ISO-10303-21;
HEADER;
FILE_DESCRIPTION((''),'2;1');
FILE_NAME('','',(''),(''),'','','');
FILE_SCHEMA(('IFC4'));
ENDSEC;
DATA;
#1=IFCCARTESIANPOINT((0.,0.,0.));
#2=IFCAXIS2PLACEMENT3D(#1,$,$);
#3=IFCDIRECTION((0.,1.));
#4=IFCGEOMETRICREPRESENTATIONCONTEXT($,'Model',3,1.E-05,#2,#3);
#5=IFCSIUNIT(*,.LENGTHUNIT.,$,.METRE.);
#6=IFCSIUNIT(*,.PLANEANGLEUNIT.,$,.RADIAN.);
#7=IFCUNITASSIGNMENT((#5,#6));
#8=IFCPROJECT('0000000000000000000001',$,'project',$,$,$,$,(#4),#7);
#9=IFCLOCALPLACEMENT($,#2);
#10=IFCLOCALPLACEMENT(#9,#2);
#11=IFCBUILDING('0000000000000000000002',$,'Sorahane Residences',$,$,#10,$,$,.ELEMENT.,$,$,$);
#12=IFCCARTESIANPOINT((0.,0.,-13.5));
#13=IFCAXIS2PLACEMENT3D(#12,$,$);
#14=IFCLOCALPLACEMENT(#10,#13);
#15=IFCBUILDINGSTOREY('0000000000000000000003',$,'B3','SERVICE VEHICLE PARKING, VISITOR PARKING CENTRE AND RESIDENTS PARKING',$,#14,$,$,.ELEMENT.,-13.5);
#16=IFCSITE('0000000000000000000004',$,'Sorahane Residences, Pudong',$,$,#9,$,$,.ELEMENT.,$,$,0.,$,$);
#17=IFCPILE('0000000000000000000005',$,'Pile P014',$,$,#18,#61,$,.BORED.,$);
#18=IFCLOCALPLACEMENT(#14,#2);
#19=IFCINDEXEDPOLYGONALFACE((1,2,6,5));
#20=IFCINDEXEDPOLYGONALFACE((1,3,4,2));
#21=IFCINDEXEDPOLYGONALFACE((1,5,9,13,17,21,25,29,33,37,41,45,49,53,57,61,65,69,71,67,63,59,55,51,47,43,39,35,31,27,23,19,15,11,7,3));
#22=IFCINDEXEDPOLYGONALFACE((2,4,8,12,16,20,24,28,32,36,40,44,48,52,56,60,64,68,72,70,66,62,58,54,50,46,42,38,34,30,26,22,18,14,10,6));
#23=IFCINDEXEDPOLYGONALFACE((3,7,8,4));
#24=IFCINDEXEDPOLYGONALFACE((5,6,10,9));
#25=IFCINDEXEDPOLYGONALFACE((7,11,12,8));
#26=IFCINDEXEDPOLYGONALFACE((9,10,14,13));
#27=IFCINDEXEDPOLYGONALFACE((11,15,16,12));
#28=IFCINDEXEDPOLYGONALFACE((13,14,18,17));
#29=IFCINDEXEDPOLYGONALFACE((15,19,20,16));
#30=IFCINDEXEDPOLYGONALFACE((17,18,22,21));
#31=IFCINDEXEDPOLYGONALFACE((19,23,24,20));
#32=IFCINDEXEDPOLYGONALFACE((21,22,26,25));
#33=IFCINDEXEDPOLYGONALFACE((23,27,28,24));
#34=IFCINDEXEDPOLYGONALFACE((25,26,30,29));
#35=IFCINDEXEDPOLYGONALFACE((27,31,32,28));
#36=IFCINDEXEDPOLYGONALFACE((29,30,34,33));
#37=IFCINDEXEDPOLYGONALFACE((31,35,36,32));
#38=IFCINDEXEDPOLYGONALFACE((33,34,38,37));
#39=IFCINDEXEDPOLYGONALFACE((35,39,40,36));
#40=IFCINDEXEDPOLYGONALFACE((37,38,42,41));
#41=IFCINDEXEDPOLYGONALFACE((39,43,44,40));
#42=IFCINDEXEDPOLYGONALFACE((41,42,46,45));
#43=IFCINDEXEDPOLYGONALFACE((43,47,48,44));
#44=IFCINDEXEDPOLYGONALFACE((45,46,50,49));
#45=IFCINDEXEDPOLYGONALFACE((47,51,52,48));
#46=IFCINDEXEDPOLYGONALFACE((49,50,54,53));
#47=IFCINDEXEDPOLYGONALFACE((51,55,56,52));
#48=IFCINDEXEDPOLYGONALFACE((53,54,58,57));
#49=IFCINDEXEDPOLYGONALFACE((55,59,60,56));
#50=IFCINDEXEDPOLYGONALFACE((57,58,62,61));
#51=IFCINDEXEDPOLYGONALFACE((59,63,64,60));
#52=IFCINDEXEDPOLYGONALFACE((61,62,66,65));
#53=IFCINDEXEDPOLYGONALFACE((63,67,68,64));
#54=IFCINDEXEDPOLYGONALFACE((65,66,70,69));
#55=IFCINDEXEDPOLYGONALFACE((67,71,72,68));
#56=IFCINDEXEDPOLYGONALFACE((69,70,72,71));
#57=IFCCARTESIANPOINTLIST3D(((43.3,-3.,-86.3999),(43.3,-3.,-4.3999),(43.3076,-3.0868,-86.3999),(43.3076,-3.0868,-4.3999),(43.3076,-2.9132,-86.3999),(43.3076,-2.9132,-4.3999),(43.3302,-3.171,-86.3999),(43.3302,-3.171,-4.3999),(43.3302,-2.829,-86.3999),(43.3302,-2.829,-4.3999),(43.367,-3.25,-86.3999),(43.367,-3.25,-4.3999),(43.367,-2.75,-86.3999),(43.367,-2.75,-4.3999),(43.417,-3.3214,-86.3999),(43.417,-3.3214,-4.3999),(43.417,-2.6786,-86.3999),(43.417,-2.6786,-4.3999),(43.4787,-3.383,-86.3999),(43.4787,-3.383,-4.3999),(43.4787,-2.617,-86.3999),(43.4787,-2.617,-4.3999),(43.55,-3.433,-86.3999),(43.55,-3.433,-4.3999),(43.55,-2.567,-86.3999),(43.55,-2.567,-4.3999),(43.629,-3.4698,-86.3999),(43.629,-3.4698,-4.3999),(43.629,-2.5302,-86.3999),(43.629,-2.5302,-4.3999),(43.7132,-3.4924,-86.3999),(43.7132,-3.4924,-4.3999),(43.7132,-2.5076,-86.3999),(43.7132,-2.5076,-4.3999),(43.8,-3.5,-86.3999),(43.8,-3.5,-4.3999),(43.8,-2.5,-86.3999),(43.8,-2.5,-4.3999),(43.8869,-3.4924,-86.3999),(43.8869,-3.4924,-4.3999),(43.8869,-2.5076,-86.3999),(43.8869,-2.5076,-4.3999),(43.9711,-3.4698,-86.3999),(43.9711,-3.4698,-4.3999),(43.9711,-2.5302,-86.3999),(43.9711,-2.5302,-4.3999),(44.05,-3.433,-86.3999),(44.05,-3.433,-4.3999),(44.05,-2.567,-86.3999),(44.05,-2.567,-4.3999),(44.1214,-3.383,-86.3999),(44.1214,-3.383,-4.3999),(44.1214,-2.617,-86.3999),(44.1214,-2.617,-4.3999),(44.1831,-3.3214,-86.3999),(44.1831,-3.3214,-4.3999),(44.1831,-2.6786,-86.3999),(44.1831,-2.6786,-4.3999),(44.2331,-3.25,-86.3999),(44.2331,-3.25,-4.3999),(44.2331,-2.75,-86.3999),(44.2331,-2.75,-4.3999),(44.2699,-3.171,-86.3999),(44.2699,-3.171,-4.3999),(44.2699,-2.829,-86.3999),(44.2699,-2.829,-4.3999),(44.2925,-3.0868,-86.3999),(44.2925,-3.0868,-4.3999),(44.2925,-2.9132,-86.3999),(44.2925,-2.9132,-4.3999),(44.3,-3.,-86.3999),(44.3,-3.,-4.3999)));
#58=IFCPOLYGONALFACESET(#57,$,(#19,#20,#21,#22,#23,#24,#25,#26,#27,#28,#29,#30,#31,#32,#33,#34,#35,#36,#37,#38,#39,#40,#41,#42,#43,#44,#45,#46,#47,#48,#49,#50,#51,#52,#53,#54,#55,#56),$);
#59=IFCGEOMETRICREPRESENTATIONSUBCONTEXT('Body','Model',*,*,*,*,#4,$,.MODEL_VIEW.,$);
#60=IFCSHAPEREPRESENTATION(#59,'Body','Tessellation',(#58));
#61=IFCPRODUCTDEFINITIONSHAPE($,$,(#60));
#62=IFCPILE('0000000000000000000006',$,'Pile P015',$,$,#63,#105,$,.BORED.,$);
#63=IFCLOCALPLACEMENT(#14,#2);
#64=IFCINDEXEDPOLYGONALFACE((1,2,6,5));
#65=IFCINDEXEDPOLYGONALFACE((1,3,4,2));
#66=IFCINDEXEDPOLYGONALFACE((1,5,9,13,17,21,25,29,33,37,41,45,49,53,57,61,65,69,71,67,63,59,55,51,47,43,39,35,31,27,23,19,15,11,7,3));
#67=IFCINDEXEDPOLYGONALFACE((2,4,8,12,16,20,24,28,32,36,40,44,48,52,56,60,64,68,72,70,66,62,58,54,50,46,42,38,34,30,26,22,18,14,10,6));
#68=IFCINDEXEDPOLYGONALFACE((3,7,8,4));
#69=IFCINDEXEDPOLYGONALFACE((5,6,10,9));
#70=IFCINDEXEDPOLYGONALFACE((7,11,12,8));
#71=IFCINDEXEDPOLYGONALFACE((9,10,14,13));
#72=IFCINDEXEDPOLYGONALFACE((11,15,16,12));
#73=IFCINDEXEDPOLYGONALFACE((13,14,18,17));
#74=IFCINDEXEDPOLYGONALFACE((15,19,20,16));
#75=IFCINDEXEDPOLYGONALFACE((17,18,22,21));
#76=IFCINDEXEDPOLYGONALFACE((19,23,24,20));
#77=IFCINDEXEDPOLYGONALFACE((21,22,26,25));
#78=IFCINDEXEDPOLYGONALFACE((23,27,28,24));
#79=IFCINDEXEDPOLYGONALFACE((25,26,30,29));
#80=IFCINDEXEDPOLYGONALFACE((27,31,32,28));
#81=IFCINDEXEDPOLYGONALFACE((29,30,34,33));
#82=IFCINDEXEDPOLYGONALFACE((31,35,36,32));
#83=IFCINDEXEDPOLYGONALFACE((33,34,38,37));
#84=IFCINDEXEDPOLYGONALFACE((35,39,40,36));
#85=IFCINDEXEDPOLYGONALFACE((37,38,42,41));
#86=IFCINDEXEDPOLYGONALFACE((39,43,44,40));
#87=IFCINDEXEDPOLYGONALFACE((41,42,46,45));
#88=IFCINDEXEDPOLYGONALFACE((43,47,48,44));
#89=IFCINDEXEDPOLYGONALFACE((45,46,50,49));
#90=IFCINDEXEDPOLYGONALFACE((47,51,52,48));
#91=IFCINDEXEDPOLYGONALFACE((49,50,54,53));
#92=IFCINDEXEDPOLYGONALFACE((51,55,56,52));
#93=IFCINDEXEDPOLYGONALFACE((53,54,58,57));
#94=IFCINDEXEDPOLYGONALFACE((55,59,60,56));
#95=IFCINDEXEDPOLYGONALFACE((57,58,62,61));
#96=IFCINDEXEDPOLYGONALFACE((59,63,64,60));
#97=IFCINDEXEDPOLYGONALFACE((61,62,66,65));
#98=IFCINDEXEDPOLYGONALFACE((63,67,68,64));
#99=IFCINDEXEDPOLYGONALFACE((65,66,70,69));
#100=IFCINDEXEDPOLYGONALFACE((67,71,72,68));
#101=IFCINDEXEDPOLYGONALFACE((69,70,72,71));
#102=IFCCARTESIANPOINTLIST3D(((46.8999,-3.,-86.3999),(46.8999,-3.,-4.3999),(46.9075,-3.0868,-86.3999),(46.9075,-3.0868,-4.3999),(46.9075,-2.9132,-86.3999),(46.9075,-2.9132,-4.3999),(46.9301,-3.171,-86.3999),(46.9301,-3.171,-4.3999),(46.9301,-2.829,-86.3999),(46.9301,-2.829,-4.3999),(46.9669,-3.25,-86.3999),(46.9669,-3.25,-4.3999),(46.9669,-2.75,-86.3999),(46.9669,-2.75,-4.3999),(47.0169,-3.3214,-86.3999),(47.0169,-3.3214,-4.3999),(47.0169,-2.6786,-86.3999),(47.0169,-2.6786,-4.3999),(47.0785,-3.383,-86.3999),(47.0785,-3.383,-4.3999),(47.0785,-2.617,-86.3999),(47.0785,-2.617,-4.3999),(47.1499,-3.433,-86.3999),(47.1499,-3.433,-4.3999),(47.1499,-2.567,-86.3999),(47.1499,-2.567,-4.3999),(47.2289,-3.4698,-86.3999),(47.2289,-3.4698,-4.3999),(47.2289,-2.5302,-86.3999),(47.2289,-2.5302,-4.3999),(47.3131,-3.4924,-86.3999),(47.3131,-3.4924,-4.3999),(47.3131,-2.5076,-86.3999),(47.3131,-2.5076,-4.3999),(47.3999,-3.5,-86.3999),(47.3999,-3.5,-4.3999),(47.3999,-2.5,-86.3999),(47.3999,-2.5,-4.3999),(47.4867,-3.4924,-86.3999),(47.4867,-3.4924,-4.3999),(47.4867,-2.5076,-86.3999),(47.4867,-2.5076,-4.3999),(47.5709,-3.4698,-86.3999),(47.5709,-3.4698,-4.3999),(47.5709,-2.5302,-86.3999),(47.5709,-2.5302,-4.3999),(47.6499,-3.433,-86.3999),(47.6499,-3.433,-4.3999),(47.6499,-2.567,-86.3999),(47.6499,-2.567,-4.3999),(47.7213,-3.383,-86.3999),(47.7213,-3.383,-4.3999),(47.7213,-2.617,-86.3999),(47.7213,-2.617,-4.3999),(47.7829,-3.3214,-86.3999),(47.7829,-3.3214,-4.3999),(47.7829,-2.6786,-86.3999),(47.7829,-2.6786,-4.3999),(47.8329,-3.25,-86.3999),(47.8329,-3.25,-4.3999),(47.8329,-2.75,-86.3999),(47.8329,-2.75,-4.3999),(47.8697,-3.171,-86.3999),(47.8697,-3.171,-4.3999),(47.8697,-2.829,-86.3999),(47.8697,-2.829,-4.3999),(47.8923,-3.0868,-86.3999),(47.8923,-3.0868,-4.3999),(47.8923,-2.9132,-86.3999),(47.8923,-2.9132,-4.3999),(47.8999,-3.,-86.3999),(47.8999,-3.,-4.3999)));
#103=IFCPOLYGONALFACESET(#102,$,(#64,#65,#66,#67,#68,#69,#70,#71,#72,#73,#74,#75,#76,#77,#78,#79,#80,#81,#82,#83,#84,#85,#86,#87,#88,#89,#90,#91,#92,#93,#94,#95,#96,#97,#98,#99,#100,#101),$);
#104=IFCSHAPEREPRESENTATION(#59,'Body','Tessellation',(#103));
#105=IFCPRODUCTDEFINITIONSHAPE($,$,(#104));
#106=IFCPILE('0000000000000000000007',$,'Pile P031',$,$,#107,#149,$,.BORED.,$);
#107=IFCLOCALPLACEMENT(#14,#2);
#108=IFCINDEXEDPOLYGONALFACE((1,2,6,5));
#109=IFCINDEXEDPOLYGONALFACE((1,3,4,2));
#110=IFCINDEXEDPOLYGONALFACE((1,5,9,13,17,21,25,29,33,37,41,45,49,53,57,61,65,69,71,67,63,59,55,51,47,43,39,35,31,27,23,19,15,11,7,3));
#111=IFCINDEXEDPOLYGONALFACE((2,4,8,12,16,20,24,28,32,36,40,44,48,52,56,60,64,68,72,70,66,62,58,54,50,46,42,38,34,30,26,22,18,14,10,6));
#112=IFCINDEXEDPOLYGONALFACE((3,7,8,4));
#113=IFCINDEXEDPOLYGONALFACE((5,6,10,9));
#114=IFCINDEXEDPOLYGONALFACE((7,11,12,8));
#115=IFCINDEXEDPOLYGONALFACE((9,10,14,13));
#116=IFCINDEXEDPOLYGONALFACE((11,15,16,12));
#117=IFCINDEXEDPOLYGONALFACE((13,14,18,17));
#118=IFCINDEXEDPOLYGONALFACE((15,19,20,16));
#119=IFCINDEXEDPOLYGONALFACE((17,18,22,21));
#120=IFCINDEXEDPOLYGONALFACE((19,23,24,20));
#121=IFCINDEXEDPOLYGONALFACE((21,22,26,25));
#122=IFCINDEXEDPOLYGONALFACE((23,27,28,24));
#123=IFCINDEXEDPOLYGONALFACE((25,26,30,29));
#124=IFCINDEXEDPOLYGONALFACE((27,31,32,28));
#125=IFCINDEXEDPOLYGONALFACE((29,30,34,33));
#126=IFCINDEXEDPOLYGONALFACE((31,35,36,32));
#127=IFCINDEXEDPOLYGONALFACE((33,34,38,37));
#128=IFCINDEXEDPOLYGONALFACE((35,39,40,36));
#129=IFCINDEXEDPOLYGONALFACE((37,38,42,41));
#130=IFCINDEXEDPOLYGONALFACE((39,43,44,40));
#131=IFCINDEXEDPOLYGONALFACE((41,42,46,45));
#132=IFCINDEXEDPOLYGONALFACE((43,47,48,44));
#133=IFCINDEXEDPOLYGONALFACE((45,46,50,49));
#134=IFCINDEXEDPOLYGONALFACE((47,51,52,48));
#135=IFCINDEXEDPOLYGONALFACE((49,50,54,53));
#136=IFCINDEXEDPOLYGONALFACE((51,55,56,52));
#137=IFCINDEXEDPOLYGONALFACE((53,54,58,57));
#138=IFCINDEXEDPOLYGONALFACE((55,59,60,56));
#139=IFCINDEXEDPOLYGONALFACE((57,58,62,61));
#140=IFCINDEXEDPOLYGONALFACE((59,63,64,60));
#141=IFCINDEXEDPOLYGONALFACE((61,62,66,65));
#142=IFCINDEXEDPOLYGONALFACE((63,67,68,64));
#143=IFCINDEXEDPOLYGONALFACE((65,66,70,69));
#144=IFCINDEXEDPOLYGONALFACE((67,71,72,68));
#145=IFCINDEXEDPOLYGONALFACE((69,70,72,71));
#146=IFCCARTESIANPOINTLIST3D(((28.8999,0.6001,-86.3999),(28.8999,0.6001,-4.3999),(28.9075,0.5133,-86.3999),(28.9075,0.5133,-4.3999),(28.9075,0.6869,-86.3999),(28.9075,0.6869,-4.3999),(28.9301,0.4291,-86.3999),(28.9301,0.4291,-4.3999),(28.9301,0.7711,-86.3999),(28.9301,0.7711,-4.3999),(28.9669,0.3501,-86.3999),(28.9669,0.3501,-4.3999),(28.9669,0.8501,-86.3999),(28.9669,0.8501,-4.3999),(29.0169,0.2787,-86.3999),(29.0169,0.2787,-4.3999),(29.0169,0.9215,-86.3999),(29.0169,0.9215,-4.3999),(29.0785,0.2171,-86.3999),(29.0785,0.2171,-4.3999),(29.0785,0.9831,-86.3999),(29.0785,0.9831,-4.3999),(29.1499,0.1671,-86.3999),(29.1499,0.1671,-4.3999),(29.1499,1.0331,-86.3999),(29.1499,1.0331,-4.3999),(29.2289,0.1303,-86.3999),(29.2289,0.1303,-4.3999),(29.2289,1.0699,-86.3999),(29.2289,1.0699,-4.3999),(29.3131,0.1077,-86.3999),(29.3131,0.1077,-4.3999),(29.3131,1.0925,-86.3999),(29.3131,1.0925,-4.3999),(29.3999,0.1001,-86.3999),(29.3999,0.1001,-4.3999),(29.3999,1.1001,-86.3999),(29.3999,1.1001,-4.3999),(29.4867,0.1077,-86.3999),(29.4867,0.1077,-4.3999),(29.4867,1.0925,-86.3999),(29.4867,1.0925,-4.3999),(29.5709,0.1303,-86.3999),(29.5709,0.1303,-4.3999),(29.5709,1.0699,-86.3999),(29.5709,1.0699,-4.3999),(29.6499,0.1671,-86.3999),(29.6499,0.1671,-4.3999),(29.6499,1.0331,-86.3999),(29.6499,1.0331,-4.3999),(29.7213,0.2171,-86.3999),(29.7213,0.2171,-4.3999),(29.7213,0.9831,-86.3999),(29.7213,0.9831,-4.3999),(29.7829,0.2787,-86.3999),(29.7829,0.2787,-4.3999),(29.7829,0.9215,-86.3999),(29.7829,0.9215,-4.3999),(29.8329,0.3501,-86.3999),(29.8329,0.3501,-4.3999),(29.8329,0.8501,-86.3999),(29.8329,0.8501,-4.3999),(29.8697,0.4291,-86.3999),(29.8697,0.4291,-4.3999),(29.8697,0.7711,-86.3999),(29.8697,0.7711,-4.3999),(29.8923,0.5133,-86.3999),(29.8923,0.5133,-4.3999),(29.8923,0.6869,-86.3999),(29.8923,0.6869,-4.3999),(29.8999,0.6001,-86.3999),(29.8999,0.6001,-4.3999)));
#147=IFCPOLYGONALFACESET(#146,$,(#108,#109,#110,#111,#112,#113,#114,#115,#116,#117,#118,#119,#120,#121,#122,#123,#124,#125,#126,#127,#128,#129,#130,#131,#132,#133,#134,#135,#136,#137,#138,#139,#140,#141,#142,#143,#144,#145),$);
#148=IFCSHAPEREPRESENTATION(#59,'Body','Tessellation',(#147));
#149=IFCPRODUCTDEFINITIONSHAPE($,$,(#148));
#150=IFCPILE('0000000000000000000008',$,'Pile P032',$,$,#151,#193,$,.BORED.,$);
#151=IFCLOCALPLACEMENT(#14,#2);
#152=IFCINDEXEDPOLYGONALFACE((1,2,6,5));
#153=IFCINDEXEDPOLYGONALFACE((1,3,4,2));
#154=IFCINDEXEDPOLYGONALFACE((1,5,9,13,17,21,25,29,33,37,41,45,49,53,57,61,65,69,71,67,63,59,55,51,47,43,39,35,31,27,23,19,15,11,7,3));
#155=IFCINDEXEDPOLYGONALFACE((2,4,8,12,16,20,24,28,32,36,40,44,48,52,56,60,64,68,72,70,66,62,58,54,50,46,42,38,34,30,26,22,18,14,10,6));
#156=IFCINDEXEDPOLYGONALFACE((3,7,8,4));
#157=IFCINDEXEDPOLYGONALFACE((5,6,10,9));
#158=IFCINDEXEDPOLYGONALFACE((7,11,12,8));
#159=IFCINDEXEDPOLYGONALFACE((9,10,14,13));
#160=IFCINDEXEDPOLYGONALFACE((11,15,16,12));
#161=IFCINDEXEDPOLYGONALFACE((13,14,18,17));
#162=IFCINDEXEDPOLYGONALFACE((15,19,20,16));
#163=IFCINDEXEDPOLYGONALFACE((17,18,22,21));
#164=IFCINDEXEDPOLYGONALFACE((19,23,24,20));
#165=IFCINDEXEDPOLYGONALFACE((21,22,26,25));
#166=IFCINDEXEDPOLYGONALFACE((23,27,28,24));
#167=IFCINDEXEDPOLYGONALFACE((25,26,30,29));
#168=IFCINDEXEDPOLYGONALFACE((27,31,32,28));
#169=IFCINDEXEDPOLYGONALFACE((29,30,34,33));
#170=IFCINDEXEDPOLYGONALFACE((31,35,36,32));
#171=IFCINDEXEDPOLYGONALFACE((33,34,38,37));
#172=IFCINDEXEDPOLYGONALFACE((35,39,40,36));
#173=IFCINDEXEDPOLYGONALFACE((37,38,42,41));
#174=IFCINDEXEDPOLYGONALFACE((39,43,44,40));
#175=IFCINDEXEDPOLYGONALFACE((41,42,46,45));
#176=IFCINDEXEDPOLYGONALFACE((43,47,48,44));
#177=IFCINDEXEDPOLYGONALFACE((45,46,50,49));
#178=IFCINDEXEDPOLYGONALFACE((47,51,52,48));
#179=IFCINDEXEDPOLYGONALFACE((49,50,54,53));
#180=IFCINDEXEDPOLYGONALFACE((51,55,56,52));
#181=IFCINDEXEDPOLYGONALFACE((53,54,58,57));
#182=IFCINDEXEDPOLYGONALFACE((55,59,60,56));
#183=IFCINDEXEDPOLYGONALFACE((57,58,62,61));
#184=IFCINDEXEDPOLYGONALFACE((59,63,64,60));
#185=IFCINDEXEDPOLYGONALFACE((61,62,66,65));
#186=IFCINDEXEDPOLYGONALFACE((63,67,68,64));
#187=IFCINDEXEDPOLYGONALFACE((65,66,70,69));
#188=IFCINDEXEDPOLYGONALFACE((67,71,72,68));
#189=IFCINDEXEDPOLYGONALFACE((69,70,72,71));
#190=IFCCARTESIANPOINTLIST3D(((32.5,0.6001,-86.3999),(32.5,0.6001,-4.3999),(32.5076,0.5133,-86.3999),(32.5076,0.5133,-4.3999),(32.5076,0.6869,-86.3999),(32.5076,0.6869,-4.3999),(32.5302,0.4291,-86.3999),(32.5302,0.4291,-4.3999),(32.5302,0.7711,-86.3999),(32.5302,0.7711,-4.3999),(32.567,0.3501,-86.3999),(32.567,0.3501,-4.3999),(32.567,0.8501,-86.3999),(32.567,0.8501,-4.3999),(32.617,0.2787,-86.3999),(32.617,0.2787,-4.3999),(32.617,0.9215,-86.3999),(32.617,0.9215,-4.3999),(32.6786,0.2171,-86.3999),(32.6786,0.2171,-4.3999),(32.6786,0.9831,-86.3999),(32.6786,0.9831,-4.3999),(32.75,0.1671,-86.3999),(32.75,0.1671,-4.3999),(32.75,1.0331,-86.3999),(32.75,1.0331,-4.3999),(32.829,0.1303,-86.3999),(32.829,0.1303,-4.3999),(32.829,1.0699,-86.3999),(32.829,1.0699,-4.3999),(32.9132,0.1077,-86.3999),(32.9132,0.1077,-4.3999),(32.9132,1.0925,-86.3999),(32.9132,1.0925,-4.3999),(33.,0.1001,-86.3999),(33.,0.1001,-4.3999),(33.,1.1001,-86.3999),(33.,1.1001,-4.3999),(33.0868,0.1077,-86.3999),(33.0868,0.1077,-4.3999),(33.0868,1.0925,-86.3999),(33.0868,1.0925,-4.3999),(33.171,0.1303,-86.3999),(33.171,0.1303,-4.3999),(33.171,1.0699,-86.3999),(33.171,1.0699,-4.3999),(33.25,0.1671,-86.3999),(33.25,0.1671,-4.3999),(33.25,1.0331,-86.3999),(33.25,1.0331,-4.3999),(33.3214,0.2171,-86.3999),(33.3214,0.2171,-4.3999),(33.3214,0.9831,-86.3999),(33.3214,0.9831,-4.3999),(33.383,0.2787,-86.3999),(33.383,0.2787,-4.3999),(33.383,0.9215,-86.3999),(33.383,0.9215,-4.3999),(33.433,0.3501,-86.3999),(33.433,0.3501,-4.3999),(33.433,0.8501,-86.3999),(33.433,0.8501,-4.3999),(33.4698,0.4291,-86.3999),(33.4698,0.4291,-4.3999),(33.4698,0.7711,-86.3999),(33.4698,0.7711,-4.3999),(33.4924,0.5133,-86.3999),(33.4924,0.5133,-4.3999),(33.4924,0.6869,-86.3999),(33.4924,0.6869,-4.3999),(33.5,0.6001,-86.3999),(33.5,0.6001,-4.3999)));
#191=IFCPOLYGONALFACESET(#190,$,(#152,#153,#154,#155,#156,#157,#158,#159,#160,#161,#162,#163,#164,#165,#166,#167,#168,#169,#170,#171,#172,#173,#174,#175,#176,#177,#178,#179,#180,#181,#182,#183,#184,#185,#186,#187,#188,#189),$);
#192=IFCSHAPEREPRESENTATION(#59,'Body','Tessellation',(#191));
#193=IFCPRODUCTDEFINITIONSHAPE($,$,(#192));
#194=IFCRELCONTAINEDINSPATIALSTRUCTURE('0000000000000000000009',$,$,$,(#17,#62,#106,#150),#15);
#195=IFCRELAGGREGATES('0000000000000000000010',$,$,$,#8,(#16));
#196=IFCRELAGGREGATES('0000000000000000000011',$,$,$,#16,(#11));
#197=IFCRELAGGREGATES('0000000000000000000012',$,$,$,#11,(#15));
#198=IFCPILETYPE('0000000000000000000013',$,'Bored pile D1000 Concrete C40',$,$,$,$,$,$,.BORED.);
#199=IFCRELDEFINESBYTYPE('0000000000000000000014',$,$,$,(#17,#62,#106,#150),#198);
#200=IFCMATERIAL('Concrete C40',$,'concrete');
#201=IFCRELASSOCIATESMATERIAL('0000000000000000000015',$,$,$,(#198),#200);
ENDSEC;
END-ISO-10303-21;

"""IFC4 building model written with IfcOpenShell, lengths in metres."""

from ifc_helpers import new_model, si_unit, direction, frame, origin, origin_2d, place, context, subcontext, project, spatial, circle, extrude, material, material_profile, profile_set, type_object, element, save


model = new_model("IFC4")

# Units and contexts
model_context = context("Model", 3, precision=1e-05, world=origin(), true_north=direction((0.0, 1.0)))
body_context = subcontext(model_context, "Body", "Model", "MODEL_VIEW")
ifc_project = project(units=[si_unit("LENGTHUNIT", "METRE"), si_unit("PLANEANGLEUNIT", "RADIAN")], contexts=[model_context])

# Site, building, storey
site_placement = place(None, origin())
site = spatial("IfcSite", under=ifc_project, at=site_placement, Name="Sorahane Residences, Pudong", CompositionType="ELEMENT", RefElevation=0.0)
building_placement = place(site_placement, origin())
building = spatial("IfcBuilding", under=site, at=building_placement, Name="Sorahane Residences", CompositionType="ELEMENT")
storey_placement = place(building_placement, frame((0.0, 0.0, -13.5)))
storey = spatial("IfcBuildingStorey", under=building, at=storey_placement, Name="B3", Description="SERVICE VEHICLE PARKING, VISITOR PARKING CENTRE AND RESIDENTS PARKING", CompositionType="ELEMENT", Elevation=-13.5)

# Piles
ifc_material_1 = material(Name="Concrete C40", Category="concrete")
ifc_material_profile_1 = material_profile(ifc_material_1, circle(Radius=0.5, at=origin_2d()), Name="D1000")
ifc_profile_set_1 = profile_set([ifc_material_profile_1], Name="Concrete C40")
pile_type = type_object("IfcPileType", Name="Bored pile D1000 Concrete C40", PredefinedType="BORED", material=ifc_profile_set_1)
for number, where, z_axis, x_axis, name in (
    (1, (43.8, -3.0, -4.3999), (0.0, 0.0, -1.0), (1.0, 0.0, 0.0), "Pile P014"),
    (2, (47.3999, -3.0, -4.3999), (0.0, 0.0, -1.0), (1.0, 0.0, 0.0), "Pile P015"),
    (3, (29.3999, 0.6001, -4.3999), (0.0, 0.0, -1.0), (1.0, 0.0, 0.0), "Pile P031"),
    (4, (33.0, 0.6001, -4.3999), (0.0, 0.0, -1.0), (1.0, 0.0, 0.0), "Pile P032"),
):
    element("IfcPile", number, at=place(storey_placement, frame(where, z_axis=z_axis, x_axis=x_axis)), inside=storey, type_object=pile_type, Name=name, PredefinedType="BORED", context=body_context, shape_type="SweptSolid", body=[
        extrude(circle(Radius=0.5, at=origin_2d()), origin(), (0.0, 0.0, 1.0), 82.0),
    ])

save(model, "model.ifc")
